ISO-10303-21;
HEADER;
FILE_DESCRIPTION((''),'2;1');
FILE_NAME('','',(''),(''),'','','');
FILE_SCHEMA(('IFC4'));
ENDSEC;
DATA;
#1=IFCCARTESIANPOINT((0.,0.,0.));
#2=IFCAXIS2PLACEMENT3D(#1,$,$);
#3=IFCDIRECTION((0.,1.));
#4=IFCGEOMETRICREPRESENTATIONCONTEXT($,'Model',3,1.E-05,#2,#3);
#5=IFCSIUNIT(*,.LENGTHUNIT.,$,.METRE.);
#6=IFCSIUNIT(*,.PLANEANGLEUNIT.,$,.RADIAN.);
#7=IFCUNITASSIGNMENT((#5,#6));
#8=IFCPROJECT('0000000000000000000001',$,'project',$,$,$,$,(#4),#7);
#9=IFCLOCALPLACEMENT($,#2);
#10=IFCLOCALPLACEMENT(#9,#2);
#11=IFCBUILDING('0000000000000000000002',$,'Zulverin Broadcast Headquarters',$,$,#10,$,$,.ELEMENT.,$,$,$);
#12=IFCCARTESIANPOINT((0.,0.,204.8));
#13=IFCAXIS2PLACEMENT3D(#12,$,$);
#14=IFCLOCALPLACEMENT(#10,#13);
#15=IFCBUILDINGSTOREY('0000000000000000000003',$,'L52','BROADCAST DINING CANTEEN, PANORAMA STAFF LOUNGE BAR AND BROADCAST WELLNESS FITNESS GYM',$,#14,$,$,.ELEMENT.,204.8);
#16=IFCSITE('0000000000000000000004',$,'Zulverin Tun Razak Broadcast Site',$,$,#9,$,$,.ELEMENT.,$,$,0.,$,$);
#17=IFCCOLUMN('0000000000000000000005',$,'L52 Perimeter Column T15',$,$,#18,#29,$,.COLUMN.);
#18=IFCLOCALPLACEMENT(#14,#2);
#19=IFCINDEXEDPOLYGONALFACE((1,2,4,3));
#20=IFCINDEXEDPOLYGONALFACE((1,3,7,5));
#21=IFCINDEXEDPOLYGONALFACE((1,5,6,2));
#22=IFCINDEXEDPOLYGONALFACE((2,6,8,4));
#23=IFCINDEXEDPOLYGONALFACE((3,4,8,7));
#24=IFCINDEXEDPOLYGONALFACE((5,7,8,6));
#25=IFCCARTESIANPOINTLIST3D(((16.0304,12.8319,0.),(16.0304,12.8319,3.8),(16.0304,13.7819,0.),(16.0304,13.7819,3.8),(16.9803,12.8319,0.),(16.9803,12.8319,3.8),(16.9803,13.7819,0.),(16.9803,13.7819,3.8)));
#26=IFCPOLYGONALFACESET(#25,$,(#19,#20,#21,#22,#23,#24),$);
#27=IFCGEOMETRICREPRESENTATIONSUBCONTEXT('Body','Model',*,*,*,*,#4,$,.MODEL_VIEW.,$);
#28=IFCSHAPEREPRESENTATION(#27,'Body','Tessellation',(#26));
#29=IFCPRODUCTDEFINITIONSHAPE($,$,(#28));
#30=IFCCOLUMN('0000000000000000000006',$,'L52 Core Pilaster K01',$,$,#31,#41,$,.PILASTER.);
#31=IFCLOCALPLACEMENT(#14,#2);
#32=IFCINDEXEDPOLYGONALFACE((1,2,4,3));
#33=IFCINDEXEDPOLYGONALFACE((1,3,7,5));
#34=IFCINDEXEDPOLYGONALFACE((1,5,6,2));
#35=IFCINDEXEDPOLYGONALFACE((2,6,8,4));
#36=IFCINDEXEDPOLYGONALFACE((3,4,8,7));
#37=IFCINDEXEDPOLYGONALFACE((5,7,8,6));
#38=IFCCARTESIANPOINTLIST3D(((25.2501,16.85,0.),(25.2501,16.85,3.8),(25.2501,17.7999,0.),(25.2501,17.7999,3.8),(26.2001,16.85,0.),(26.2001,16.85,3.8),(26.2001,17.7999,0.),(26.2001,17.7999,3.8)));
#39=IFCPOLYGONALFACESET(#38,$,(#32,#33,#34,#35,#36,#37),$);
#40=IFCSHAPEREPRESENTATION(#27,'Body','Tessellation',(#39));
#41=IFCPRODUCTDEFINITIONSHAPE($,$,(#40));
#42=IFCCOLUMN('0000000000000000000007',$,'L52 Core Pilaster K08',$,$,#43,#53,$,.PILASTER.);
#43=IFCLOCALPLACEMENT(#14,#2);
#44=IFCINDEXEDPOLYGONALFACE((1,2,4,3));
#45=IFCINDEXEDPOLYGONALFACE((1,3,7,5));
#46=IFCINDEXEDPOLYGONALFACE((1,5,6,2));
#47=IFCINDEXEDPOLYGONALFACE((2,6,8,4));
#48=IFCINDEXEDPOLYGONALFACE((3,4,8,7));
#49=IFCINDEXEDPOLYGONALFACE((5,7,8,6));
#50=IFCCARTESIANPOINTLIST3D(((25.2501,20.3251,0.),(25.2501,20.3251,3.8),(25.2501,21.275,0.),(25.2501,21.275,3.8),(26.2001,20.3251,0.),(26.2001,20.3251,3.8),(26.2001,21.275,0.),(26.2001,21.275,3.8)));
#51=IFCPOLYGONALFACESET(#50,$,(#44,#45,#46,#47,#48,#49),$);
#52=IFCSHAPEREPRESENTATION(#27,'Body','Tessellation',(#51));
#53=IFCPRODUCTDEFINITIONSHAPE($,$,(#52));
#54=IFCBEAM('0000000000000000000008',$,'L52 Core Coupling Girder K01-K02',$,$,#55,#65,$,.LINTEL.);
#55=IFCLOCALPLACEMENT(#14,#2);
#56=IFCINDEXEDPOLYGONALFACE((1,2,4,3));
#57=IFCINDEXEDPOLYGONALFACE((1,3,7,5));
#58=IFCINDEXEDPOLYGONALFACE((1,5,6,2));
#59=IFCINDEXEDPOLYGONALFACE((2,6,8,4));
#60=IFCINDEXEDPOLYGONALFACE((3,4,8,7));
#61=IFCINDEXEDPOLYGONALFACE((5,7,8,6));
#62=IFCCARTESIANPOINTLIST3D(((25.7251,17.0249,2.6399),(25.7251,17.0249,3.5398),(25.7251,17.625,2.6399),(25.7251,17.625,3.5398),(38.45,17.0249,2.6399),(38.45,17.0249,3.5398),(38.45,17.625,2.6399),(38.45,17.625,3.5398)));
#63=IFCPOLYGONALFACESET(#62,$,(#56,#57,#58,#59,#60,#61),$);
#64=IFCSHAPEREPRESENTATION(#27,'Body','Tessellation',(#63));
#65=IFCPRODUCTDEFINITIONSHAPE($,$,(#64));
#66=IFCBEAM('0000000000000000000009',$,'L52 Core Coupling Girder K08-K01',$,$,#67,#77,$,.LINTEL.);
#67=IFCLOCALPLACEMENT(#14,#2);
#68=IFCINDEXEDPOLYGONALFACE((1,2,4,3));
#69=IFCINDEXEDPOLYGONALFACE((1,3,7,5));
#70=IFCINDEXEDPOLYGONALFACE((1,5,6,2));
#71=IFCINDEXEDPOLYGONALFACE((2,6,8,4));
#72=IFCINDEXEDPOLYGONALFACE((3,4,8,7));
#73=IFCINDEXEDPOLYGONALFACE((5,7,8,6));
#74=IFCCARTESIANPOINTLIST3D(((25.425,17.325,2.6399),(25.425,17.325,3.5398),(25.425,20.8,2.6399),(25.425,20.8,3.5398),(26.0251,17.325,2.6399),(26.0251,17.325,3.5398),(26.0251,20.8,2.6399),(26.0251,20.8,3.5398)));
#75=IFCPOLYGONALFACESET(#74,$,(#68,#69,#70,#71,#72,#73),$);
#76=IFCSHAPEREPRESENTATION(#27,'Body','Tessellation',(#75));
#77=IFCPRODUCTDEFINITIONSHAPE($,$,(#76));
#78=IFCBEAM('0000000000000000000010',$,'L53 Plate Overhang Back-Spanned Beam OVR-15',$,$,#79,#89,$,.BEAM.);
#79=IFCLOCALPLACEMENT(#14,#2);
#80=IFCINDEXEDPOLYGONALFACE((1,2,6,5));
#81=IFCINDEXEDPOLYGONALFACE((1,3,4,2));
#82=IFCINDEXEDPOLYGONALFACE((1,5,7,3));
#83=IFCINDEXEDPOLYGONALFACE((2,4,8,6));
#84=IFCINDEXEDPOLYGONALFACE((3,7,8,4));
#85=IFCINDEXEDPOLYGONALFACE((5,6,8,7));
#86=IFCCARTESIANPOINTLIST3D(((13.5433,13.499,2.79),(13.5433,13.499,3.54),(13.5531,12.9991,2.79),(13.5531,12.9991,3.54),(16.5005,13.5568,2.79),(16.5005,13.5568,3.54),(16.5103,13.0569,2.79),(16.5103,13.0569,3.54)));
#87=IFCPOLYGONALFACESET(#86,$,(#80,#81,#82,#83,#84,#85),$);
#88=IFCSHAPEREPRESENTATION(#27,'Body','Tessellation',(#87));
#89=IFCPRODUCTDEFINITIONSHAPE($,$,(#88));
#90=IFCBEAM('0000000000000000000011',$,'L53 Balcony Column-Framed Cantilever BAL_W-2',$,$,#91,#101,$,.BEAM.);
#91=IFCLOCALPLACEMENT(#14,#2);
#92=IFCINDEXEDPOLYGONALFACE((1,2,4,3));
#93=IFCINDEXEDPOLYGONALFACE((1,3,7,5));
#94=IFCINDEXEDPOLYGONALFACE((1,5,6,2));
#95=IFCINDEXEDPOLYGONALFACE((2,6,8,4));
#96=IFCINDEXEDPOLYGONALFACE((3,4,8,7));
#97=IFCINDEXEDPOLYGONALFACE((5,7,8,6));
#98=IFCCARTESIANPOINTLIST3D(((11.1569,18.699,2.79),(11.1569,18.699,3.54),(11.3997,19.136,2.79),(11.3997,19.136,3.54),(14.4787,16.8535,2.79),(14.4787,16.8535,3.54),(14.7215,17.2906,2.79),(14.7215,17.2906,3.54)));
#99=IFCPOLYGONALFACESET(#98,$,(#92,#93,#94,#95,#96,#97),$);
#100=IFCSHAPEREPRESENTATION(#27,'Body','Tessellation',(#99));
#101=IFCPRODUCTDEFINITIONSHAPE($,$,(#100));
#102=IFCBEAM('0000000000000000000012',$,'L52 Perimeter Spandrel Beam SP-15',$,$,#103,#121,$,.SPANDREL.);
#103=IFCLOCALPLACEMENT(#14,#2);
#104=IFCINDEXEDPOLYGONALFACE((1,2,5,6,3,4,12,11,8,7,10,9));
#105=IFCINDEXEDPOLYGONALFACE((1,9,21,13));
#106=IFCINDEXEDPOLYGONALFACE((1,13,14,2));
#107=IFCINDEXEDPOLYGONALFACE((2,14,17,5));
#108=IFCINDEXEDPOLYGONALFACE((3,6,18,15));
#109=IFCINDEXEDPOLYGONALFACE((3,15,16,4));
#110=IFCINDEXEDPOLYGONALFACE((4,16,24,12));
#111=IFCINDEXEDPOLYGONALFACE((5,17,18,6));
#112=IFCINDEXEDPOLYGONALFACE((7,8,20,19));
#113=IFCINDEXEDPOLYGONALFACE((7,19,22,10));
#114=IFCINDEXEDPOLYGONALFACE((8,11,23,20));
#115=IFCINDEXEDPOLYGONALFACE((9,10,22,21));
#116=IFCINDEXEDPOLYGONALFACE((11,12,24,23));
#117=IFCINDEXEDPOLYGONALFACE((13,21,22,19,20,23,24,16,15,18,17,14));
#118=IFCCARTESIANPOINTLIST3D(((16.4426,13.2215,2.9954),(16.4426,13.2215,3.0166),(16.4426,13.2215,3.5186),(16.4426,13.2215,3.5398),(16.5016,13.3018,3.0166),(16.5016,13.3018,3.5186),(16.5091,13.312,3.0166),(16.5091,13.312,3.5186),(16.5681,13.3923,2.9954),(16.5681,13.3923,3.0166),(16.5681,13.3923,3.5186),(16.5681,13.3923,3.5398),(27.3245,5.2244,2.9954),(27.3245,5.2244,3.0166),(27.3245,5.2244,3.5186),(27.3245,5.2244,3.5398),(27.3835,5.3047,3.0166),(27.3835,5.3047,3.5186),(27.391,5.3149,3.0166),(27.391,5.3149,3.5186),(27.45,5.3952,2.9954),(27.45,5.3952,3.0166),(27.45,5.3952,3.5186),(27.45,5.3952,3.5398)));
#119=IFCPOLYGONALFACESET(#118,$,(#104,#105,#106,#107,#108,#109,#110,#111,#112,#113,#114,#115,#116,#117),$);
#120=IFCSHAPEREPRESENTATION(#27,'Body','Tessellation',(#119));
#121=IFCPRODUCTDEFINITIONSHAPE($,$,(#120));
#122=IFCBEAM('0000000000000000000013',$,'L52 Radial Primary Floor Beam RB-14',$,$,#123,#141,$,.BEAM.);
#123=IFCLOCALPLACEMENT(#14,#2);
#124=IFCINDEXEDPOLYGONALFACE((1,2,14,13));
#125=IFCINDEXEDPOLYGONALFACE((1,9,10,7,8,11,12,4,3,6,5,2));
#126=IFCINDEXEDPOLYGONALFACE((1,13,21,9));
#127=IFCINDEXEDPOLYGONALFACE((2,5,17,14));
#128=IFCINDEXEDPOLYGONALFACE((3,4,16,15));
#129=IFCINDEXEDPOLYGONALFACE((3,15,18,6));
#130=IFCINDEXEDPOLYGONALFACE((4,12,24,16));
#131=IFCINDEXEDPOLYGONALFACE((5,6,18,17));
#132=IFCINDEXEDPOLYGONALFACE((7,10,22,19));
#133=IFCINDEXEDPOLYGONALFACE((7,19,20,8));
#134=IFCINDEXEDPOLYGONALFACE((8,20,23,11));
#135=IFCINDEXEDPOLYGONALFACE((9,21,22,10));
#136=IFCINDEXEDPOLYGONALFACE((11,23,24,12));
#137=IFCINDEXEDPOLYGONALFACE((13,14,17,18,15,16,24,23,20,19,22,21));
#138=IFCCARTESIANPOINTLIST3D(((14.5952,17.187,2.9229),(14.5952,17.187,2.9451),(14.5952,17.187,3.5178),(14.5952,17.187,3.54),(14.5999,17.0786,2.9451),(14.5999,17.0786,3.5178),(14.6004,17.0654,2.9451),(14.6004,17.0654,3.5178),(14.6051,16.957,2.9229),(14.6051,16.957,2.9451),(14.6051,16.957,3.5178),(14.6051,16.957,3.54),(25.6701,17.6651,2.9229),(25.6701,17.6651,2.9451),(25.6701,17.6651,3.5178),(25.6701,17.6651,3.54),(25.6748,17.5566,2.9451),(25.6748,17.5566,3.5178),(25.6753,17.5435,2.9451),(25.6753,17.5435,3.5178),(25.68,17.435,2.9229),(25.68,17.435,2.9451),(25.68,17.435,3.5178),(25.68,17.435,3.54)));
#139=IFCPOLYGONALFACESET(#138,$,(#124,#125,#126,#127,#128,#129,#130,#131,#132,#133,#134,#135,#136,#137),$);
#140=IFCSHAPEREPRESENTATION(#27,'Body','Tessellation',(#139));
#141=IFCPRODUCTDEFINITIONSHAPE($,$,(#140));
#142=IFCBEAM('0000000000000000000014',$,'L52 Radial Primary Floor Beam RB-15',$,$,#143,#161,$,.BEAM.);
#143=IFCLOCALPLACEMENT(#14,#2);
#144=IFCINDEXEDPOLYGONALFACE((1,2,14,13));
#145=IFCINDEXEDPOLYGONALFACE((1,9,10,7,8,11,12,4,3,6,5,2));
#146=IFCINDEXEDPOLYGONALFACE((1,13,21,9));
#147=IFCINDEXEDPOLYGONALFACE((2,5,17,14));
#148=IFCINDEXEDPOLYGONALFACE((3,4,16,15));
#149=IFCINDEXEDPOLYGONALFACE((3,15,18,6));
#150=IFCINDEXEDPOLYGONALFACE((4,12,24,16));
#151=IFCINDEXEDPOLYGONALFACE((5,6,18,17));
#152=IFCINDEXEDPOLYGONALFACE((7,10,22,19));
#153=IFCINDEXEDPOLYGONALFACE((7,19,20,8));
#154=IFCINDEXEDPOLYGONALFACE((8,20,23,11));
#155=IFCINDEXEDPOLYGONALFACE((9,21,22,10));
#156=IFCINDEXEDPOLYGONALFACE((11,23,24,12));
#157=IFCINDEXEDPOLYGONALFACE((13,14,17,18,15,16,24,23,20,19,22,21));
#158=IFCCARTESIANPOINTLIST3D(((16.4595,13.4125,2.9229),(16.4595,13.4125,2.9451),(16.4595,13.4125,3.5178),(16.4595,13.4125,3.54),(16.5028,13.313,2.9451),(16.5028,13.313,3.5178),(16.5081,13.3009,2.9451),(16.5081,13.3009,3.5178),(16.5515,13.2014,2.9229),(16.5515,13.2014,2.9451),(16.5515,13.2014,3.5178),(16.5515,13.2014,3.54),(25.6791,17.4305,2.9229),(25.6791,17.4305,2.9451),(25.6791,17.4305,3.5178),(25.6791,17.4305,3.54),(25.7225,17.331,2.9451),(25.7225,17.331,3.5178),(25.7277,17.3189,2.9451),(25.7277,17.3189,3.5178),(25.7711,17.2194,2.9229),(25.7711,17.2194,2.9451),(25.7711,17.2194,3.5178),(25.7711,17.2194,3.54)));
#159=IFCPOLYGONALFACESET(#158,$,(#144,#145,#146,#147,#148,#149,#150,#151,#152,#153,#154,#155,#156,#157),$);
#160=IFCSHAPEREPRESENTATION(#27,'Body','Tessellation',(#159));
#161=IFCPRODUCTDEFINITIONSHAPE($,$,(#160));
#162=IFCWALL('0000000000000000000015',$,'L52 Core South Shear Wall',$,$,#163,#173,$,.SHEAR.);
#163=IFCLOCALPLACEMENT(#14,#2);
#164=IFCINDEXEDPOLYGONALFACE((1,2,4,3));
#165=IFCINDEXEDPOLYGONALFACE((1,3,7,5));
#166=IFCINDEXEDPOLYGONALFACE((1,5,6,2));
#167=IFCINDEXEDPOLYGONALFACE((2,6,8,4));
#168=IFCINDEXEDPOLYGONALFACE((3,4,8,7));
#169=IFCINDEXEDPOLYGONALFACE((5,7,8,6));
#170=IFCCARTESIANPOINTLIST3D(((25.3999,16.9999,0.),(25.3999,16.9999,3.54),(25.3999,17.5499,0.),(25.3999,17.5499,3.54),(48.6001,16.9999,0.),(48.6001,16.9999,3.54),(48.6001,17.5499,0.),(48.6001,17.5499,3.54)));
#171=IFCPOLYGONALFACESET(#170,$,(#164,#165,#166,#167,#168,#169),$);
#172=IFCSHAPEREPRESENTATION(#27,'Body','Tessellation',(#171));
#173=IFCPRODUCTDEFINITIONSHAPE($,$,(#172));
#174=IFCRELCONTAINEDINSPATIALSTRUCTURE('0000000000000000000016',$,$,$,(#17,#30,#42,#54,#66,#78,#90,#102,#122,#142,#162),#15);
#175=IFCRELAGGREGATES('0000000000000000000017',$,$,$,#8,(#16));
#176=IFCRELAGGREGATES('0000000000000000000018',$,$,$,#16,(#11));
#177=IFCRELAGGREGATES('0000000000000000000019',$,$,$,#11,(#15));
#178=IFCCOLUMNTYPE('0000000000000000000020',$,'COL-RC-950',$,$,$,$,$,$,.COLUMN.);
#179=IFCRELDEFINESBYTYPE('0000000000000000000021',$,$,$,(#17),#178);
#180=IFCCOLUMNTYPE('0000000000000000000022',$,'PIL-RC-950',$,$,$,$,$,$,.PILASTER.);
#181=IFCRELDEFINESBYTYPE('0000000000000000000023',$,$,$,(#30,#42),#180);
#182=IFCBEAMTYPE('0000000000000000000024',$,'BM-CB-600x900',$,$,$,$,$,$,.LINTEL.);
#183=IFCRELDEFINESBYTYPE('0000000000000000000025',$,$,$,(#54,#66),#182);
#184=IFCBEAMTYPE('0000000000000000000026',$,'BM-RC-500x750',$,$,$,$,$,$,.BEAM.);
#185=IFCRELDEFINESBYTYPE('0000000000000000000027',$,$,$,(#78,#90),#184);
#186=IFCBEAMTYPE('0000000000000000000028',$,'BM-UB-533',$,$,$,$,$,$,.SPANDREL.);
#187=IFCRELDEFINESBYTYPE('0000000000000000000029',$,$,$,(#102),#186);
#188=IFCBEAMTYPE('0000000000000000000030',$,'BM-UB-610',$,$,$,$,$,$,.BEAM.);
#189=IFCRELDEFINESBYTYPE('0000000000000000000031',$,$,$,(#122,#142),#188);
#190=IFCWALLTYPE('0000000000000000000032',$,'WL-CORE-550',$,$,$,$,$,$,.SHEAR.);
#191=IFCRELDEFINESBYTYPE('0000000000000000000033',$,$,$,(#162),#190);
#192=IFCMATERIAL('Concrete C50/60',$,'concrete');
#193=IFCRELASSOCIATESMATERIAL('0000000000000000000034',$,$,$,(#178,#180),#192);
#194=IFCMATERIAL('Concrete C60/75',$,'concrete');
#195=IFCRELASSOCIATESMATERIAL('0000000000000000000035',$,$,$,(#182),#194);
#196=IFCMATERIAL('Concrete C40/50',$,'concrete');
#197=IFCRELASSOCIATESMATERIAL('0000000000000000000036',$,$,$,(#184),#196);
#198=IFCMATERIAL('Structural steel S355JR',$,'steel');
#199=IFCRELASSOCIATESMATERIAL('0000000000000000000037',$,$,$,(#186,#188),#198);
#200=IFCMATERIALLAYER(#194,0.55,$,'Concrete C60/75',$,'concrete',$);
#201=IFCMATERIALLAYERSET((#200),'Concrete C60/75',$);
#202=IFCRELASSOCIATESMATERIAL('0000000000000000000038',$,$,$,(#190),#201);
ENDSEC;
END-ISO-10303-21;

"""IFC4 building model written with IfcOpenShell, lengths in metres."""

from ifc_helpers import new_model, si_unit, direction, frame, frame_2d, origin, origin_2d, place, context, subcontext, project, spatial, rectangle, i_section, extrude, material, layer, layer_set, material_profile, profile_set, type_object, element, save


model = new_model("IFC4")

# Units and contexts
model_context = context("Model", 3, precision=1e-05, world=origin(), true_north=direction((0.0, 1.0)))
body_context = subcontext(model_context, "Body", "Model", "MODEL_VIEW")
ifc_project = project(units=[si_unit("LENGTHUNIT", "METRE"), si_unit("PLANEANGLEUNIT", "RADIAN")], contexts=[model_context])

# Site, building, storey
site_placement = place(None, origin())
site = spatial("IfcSite", under=ifc_project, at=site_placement, Name="Zulverin Tun Razak Broadcast Site", CompositionType="ELEMENT", RefElevation=0.0)
building_placement = place(site_placement, origin())
building = spatial("IfcBuilding", under=site, at=building_placement, Name="Zulverin Broadcast Headquarters", CompositionType="ELEMENT")
storey_placement = place(building_placement, frame((0.0, 0.0, 204.8)))
storey = spatial("IfcBuildingStorey", under=building, at=storey_placement, Name="L52", Description="BROADCAST DINING CANTEEN, PANORAMA STAFF LOUNGE BAR AND BROADCAST WELLNESS FITNESS GYM", CompositionType="ELEMENT", Elevation=204.8)

# Columns
ifc_material_1 = material(Name="Concrete C50/60", Category="concrete")
ifc_material_profile_1 = material_profile(ifc_material_1, rectangle(XDim=0.95, YDim=0.95, at=origin_2d()), Name="Concrete C50/60", Category="concrete")
ifc_profile_set_1 = profile_set([ifc_material_profile_1], Name="Concrete C50/60")
column_type_1 = type_object("IfcColumnType", Name="COL-RC-950", PredefinedType="COLUMN", material=ifc_profile_set_1)
column_placement = place(storey_placement, frame((16.5054, 13.3069, 0.0), z_axis=(0.0, 0.0, 1.0), x_axis=(1.0, 0.0, 0.0)))
element("IfcColumn", 1, at=column_placement, inside=storey, type_object=column_type_1, Name="L52 Perimeter Column T15", PredefinedType="COLUMN", context=body_context, shape_type="SweptSolid", body=[
    extrude(rectangle(XDim=0.95, YDim=0.95, at=origin_2d()), origin(), (0.0, 0.0, 1.0), 3.8),
])
ifc_material_profile_2 = material_profile(ifc_material_1, rectangle(XDim=0.95, YDim=0.95, at=origin_2d()), Name="Concrete C50/60", Category="concrete")
ifc_profile_set_2 = profile_set([ifc_material_profile_2], Name="Concrete C50/60")
column_type_2 = type_object("IfcColumnType", Name="PIL-RC-950", PredefinedType="PILASTER", material=ifc_profile_set_2)
for number, where, z_axis, x_axis, name in (
    (2, (25.7251, 17.325, 0.0), (0.0, 0.0, 1.0), (1.0, 0.0, 0.0), "L52 Core Pilaster K01"),
    (3, (25.7251, 20.8, 0.0), (0.0, 0.0, 1.0), (1.0, 0.0, 0.0), "L52 Core Pilaster K08"),
):
    element("IfcColumn", number, at=place(storey_placement, frame(where, z_axis=z_axis, x_axis=x_axis)), inside=storey, type_object=column_type_2, Name=name, PredefinedType="PILASTER", context=body_context, shape_type="SweptSolid", body=[
        extrude(rectangle(XDim=0.95, YDim=0.95, at=origin_2d()), origin(), (0.0, 0.0, 1.0), 3.8),
    ])

# Beams
ifc_material_2 = material(Name="Concrete C60/75", Category="concrete")
ifc_material_profile_3 = material_profile(ifc_material_2, rectangle(XDim=0.6001, YDim=0.8999, at=origin_2d()), Name="Concrete C60/75", Category="concrete")
ifc_profile_set_3 = profile_set([ifc_material_profile_3], Name="Concrete C60/75")
beam_type_1 = type_object("IfcBeamType", Name="BM-CB-600x900", PredefinedType="LINTEL", material=ifc_profile_set_3)
beam_1_placement = place(storey_placement, frame((25.7251, 17.325, 3.0898), z_axis=(1.0, 0.0, 0.0), x_axis=(0.0, 1.0, 0.0)))
element("IfcBeam", 4, at=beam_1_placement, inside=storey, type_object=beam_type_1, Name="L52 Core Coupling Girder K01-K02", PredefinedType="LINTEL", context=body_context, shape_type="SweptSolid", body=[
    extrude(rectangle(XDim=0.6001, YDim=0.8999, at=origin_2d()), origin(), (0.0, 0.0, 1.0), 12.7249),
])
beam_2_placement = place(storey_placement, frame((25.7251, 20.8, 3.0898), z_axis=(0.0, -1.0, 0.0), x_axis=(1.0, 0.0, 0.0)))
element("IfcBeam", 5, at=beam_2_placement, inside=storey, type_object=beam_type_1, Name="L52 Core Coupling Girder K08-K01", PredefinedType="LINTEL", context=body_context, shape_type="SweptSolid", body=[
    extrude(rectangle(XDim=0.6001, YDim=0.8999, at=origin_2d()), origin(), (0.0, 0.0, 1.0), 3.4751),
])
ifc_material_3 = material(Name="Concrete C40/50", Category="concrete")
ifc_material_profile_4 = material_profile(ifc_material_3, rectangle(XDim=0.5, YDim=0.75, at=origin_2d()), Name="Concrete C40/50", Category="concrete")
ifc_profile_set_4 = profile_set([ifc_material_profile_4], Name="Concrete C40/50")
beam_type_2 = type_object("IfcBeamType", Name="BM-RC-500x750", PredefinedType="BEAM", material=ifc_profile_set_4)
beam_3_placement = place(storey_placement, frame((16.5054, 13.3069, 3.165), z_axis=(-0.999809, -0.019562, 0.0), x_axis=(0.019562, -0.999809, 0.0)))
element("IfcBeam", 6, at=beam_3_placement, inside=storey, type_object=beam_type_2, Name="L53 Plate Overhang Back-Spanned Beam OVR-15", PredefinedType="BEAM", context=body_context, shape_type="SweptSolid", body=[
    extrude(rectangle(XDim=0.5, YDim=0.75, at=origin_2d()), origin(), (0.0, 0.0, 1.0), 2.9578),
])
beam_4_placement = place(storey_placement, frame((14.6001, 17.072, 3.165), z_axis=(-0.874154, 0.485648, 0.0), x_axis=(-0.485648, -0.874154, 0.0)))
element("IfcBeam", 7, at=beam_4_placement, inside=storey, type_object=beam_type_2, Name="L53 Balcony Column-Framed Cantilever BAL_W-2", PredefinedType="BEAM", context=body_context, shape_type="SweptSolid", body=[
    extrude(rectangle(XDim=0.5, YDim=0.75, at=origin_2d()), origin(), (0.0, 0.0, 1.0), 3.8),
])
ifc_material_4 = material(Name="Structural steel S355JR", Category="steel")
ifc_material_profile_5 = material_profile(ifc_material_4, i_section(OverallWidth=0.2119, OverallDepth=0.5444, WebThickness=0.0127, FlangeThickness=0.0212, at=origin_2d()), Name="Structural steel S355JR", Category="steel")
ifc_profile_set_5 = profile_set([ifc_material_profile_5], Name="Structural steel S355JR")
beam_type_3 = type_object("IfcBeamType", Name="BM-UB-533", PredefinedType="SPANDREL", material=ifc_profile_set_5)
beam_5_placement = place(storey_placement, frame((16.5054, 13.3069, 3.2676), z_axis=(0.805802, -0.592185, 0.0), x_axis=(0.592185, 0.805802, 0.0)))
element("IfcBeam", 8, at=beam_5_placement, inside=storey, type_object=beam_type_3, Name="L52 Perimeter Spandrel Beam SP-15", PredefinedType="SPANDREL", context=body_context, shape_type="SweptSolid", body=[
    extrude(i_section(OverallWidth=0.2119, OverallDepth=0.5444, WebThickness=0.0127, FlangeThickness=0.0212, at=origin_2d()), origin(), (0.0, 0.0, 1.0), 13.5044),
])
ifc_material_profile_6 = material_profile(ifc_material_4, i_section(OverallWidth=0.2302, OverallDepth=0.6172, WebThickness=0.0132, FlangeThickness=0.0222, at=origin_2d()), Name="Structural steel S355JR", Category="steel")
ifc_profile_set_6 = profile_set([ifc_material_profile_6], Name="Structural steel S355JR")
beam_type_4 = type_object("IfcBeamType", Name="BM-UB-610", PredefinedType="BEAM", material=ifc_profile_set_6)
beam_6_placement = place(storey_placement, frame((25.675, 17.55, 3.2314), z_axis=(-0.99907, -0.043123, 0.0), x_axis=(0.043123, -0.99907, 0.0)))
element("IfcBeam", 9, at=beam_6_placement, inside=storey, type_object=beam_type_4, Name="L52 Radial Primary Floor Beam RB-14", PredefinedType="BEAM", context=body_context, shape_type="SweptSolid", body=[
    extrude(i_section(OverallWidth=0.2302, OverallDepth=0.6172, WebThickness=0.0132, FlangeThickness=0.0222, at=origin_2d()), origin(), (0.0, 0.0, 1.0), 11.0852),
])
beam_7_placement = place(storey_placement, frame((25.7251, 17.325, 3.2314), z_axis=(-0.916725, -0.39952, 0.0), x_axis=(0.39952, -0.916725, 0.0)))
element("IfcBeam", 10, at=beam_7_placement, inside=storey, type_object=beam_type_4, Name="L52 Radial Primary Floor Beam RB-15", PredefinedType="BEAM", context=body_context, shape_type="SweptSolid", body=[
    extrude(i_section(OverallWidth=0.2302, OverallDepth=0.6172, WebThickness=0.0132, FlangeThickness=0.0222, at=origin_2d()), origin(), (0.0, 0.0, 1.0), 10.0571),
])

# Wall
ifc_layer_1 = layer(ifc_material_2, 0.55, Name="Concrete C60/75", Category="concrete")
ifc_layer_set_1 = layer_set([ifc_layer_1], Name="Concrete C60/75")
wall_type_1 = type_object("IfcWallType", Name="WL-CORE-550", PredefinedType="SHEAR", material=ifc_layer_set_1)
wall_1_placement = place(storey_placement, frame((25.3999, 17.2749, 0.0), z_axis=(0.0, 0.0, 1.0), x_axis=(1.0, 0.0, 0.0)))
element("IfcWall", 11, at=wall_1_placement, inside=storey, type_object=wall_type_1, Name="L52 Core South Shear Wall", PredefinedType="SHEAR", context=body_context, shape_type="SweptSolid", body=[
    extrude(rectangle(XDim=23.2002, YDim=0.55, at=frame_2d((11.6001, 0.0))), origin(), (0.0, 0.0, 1.0), 3.54),
])

save(model, "model.ifc")
